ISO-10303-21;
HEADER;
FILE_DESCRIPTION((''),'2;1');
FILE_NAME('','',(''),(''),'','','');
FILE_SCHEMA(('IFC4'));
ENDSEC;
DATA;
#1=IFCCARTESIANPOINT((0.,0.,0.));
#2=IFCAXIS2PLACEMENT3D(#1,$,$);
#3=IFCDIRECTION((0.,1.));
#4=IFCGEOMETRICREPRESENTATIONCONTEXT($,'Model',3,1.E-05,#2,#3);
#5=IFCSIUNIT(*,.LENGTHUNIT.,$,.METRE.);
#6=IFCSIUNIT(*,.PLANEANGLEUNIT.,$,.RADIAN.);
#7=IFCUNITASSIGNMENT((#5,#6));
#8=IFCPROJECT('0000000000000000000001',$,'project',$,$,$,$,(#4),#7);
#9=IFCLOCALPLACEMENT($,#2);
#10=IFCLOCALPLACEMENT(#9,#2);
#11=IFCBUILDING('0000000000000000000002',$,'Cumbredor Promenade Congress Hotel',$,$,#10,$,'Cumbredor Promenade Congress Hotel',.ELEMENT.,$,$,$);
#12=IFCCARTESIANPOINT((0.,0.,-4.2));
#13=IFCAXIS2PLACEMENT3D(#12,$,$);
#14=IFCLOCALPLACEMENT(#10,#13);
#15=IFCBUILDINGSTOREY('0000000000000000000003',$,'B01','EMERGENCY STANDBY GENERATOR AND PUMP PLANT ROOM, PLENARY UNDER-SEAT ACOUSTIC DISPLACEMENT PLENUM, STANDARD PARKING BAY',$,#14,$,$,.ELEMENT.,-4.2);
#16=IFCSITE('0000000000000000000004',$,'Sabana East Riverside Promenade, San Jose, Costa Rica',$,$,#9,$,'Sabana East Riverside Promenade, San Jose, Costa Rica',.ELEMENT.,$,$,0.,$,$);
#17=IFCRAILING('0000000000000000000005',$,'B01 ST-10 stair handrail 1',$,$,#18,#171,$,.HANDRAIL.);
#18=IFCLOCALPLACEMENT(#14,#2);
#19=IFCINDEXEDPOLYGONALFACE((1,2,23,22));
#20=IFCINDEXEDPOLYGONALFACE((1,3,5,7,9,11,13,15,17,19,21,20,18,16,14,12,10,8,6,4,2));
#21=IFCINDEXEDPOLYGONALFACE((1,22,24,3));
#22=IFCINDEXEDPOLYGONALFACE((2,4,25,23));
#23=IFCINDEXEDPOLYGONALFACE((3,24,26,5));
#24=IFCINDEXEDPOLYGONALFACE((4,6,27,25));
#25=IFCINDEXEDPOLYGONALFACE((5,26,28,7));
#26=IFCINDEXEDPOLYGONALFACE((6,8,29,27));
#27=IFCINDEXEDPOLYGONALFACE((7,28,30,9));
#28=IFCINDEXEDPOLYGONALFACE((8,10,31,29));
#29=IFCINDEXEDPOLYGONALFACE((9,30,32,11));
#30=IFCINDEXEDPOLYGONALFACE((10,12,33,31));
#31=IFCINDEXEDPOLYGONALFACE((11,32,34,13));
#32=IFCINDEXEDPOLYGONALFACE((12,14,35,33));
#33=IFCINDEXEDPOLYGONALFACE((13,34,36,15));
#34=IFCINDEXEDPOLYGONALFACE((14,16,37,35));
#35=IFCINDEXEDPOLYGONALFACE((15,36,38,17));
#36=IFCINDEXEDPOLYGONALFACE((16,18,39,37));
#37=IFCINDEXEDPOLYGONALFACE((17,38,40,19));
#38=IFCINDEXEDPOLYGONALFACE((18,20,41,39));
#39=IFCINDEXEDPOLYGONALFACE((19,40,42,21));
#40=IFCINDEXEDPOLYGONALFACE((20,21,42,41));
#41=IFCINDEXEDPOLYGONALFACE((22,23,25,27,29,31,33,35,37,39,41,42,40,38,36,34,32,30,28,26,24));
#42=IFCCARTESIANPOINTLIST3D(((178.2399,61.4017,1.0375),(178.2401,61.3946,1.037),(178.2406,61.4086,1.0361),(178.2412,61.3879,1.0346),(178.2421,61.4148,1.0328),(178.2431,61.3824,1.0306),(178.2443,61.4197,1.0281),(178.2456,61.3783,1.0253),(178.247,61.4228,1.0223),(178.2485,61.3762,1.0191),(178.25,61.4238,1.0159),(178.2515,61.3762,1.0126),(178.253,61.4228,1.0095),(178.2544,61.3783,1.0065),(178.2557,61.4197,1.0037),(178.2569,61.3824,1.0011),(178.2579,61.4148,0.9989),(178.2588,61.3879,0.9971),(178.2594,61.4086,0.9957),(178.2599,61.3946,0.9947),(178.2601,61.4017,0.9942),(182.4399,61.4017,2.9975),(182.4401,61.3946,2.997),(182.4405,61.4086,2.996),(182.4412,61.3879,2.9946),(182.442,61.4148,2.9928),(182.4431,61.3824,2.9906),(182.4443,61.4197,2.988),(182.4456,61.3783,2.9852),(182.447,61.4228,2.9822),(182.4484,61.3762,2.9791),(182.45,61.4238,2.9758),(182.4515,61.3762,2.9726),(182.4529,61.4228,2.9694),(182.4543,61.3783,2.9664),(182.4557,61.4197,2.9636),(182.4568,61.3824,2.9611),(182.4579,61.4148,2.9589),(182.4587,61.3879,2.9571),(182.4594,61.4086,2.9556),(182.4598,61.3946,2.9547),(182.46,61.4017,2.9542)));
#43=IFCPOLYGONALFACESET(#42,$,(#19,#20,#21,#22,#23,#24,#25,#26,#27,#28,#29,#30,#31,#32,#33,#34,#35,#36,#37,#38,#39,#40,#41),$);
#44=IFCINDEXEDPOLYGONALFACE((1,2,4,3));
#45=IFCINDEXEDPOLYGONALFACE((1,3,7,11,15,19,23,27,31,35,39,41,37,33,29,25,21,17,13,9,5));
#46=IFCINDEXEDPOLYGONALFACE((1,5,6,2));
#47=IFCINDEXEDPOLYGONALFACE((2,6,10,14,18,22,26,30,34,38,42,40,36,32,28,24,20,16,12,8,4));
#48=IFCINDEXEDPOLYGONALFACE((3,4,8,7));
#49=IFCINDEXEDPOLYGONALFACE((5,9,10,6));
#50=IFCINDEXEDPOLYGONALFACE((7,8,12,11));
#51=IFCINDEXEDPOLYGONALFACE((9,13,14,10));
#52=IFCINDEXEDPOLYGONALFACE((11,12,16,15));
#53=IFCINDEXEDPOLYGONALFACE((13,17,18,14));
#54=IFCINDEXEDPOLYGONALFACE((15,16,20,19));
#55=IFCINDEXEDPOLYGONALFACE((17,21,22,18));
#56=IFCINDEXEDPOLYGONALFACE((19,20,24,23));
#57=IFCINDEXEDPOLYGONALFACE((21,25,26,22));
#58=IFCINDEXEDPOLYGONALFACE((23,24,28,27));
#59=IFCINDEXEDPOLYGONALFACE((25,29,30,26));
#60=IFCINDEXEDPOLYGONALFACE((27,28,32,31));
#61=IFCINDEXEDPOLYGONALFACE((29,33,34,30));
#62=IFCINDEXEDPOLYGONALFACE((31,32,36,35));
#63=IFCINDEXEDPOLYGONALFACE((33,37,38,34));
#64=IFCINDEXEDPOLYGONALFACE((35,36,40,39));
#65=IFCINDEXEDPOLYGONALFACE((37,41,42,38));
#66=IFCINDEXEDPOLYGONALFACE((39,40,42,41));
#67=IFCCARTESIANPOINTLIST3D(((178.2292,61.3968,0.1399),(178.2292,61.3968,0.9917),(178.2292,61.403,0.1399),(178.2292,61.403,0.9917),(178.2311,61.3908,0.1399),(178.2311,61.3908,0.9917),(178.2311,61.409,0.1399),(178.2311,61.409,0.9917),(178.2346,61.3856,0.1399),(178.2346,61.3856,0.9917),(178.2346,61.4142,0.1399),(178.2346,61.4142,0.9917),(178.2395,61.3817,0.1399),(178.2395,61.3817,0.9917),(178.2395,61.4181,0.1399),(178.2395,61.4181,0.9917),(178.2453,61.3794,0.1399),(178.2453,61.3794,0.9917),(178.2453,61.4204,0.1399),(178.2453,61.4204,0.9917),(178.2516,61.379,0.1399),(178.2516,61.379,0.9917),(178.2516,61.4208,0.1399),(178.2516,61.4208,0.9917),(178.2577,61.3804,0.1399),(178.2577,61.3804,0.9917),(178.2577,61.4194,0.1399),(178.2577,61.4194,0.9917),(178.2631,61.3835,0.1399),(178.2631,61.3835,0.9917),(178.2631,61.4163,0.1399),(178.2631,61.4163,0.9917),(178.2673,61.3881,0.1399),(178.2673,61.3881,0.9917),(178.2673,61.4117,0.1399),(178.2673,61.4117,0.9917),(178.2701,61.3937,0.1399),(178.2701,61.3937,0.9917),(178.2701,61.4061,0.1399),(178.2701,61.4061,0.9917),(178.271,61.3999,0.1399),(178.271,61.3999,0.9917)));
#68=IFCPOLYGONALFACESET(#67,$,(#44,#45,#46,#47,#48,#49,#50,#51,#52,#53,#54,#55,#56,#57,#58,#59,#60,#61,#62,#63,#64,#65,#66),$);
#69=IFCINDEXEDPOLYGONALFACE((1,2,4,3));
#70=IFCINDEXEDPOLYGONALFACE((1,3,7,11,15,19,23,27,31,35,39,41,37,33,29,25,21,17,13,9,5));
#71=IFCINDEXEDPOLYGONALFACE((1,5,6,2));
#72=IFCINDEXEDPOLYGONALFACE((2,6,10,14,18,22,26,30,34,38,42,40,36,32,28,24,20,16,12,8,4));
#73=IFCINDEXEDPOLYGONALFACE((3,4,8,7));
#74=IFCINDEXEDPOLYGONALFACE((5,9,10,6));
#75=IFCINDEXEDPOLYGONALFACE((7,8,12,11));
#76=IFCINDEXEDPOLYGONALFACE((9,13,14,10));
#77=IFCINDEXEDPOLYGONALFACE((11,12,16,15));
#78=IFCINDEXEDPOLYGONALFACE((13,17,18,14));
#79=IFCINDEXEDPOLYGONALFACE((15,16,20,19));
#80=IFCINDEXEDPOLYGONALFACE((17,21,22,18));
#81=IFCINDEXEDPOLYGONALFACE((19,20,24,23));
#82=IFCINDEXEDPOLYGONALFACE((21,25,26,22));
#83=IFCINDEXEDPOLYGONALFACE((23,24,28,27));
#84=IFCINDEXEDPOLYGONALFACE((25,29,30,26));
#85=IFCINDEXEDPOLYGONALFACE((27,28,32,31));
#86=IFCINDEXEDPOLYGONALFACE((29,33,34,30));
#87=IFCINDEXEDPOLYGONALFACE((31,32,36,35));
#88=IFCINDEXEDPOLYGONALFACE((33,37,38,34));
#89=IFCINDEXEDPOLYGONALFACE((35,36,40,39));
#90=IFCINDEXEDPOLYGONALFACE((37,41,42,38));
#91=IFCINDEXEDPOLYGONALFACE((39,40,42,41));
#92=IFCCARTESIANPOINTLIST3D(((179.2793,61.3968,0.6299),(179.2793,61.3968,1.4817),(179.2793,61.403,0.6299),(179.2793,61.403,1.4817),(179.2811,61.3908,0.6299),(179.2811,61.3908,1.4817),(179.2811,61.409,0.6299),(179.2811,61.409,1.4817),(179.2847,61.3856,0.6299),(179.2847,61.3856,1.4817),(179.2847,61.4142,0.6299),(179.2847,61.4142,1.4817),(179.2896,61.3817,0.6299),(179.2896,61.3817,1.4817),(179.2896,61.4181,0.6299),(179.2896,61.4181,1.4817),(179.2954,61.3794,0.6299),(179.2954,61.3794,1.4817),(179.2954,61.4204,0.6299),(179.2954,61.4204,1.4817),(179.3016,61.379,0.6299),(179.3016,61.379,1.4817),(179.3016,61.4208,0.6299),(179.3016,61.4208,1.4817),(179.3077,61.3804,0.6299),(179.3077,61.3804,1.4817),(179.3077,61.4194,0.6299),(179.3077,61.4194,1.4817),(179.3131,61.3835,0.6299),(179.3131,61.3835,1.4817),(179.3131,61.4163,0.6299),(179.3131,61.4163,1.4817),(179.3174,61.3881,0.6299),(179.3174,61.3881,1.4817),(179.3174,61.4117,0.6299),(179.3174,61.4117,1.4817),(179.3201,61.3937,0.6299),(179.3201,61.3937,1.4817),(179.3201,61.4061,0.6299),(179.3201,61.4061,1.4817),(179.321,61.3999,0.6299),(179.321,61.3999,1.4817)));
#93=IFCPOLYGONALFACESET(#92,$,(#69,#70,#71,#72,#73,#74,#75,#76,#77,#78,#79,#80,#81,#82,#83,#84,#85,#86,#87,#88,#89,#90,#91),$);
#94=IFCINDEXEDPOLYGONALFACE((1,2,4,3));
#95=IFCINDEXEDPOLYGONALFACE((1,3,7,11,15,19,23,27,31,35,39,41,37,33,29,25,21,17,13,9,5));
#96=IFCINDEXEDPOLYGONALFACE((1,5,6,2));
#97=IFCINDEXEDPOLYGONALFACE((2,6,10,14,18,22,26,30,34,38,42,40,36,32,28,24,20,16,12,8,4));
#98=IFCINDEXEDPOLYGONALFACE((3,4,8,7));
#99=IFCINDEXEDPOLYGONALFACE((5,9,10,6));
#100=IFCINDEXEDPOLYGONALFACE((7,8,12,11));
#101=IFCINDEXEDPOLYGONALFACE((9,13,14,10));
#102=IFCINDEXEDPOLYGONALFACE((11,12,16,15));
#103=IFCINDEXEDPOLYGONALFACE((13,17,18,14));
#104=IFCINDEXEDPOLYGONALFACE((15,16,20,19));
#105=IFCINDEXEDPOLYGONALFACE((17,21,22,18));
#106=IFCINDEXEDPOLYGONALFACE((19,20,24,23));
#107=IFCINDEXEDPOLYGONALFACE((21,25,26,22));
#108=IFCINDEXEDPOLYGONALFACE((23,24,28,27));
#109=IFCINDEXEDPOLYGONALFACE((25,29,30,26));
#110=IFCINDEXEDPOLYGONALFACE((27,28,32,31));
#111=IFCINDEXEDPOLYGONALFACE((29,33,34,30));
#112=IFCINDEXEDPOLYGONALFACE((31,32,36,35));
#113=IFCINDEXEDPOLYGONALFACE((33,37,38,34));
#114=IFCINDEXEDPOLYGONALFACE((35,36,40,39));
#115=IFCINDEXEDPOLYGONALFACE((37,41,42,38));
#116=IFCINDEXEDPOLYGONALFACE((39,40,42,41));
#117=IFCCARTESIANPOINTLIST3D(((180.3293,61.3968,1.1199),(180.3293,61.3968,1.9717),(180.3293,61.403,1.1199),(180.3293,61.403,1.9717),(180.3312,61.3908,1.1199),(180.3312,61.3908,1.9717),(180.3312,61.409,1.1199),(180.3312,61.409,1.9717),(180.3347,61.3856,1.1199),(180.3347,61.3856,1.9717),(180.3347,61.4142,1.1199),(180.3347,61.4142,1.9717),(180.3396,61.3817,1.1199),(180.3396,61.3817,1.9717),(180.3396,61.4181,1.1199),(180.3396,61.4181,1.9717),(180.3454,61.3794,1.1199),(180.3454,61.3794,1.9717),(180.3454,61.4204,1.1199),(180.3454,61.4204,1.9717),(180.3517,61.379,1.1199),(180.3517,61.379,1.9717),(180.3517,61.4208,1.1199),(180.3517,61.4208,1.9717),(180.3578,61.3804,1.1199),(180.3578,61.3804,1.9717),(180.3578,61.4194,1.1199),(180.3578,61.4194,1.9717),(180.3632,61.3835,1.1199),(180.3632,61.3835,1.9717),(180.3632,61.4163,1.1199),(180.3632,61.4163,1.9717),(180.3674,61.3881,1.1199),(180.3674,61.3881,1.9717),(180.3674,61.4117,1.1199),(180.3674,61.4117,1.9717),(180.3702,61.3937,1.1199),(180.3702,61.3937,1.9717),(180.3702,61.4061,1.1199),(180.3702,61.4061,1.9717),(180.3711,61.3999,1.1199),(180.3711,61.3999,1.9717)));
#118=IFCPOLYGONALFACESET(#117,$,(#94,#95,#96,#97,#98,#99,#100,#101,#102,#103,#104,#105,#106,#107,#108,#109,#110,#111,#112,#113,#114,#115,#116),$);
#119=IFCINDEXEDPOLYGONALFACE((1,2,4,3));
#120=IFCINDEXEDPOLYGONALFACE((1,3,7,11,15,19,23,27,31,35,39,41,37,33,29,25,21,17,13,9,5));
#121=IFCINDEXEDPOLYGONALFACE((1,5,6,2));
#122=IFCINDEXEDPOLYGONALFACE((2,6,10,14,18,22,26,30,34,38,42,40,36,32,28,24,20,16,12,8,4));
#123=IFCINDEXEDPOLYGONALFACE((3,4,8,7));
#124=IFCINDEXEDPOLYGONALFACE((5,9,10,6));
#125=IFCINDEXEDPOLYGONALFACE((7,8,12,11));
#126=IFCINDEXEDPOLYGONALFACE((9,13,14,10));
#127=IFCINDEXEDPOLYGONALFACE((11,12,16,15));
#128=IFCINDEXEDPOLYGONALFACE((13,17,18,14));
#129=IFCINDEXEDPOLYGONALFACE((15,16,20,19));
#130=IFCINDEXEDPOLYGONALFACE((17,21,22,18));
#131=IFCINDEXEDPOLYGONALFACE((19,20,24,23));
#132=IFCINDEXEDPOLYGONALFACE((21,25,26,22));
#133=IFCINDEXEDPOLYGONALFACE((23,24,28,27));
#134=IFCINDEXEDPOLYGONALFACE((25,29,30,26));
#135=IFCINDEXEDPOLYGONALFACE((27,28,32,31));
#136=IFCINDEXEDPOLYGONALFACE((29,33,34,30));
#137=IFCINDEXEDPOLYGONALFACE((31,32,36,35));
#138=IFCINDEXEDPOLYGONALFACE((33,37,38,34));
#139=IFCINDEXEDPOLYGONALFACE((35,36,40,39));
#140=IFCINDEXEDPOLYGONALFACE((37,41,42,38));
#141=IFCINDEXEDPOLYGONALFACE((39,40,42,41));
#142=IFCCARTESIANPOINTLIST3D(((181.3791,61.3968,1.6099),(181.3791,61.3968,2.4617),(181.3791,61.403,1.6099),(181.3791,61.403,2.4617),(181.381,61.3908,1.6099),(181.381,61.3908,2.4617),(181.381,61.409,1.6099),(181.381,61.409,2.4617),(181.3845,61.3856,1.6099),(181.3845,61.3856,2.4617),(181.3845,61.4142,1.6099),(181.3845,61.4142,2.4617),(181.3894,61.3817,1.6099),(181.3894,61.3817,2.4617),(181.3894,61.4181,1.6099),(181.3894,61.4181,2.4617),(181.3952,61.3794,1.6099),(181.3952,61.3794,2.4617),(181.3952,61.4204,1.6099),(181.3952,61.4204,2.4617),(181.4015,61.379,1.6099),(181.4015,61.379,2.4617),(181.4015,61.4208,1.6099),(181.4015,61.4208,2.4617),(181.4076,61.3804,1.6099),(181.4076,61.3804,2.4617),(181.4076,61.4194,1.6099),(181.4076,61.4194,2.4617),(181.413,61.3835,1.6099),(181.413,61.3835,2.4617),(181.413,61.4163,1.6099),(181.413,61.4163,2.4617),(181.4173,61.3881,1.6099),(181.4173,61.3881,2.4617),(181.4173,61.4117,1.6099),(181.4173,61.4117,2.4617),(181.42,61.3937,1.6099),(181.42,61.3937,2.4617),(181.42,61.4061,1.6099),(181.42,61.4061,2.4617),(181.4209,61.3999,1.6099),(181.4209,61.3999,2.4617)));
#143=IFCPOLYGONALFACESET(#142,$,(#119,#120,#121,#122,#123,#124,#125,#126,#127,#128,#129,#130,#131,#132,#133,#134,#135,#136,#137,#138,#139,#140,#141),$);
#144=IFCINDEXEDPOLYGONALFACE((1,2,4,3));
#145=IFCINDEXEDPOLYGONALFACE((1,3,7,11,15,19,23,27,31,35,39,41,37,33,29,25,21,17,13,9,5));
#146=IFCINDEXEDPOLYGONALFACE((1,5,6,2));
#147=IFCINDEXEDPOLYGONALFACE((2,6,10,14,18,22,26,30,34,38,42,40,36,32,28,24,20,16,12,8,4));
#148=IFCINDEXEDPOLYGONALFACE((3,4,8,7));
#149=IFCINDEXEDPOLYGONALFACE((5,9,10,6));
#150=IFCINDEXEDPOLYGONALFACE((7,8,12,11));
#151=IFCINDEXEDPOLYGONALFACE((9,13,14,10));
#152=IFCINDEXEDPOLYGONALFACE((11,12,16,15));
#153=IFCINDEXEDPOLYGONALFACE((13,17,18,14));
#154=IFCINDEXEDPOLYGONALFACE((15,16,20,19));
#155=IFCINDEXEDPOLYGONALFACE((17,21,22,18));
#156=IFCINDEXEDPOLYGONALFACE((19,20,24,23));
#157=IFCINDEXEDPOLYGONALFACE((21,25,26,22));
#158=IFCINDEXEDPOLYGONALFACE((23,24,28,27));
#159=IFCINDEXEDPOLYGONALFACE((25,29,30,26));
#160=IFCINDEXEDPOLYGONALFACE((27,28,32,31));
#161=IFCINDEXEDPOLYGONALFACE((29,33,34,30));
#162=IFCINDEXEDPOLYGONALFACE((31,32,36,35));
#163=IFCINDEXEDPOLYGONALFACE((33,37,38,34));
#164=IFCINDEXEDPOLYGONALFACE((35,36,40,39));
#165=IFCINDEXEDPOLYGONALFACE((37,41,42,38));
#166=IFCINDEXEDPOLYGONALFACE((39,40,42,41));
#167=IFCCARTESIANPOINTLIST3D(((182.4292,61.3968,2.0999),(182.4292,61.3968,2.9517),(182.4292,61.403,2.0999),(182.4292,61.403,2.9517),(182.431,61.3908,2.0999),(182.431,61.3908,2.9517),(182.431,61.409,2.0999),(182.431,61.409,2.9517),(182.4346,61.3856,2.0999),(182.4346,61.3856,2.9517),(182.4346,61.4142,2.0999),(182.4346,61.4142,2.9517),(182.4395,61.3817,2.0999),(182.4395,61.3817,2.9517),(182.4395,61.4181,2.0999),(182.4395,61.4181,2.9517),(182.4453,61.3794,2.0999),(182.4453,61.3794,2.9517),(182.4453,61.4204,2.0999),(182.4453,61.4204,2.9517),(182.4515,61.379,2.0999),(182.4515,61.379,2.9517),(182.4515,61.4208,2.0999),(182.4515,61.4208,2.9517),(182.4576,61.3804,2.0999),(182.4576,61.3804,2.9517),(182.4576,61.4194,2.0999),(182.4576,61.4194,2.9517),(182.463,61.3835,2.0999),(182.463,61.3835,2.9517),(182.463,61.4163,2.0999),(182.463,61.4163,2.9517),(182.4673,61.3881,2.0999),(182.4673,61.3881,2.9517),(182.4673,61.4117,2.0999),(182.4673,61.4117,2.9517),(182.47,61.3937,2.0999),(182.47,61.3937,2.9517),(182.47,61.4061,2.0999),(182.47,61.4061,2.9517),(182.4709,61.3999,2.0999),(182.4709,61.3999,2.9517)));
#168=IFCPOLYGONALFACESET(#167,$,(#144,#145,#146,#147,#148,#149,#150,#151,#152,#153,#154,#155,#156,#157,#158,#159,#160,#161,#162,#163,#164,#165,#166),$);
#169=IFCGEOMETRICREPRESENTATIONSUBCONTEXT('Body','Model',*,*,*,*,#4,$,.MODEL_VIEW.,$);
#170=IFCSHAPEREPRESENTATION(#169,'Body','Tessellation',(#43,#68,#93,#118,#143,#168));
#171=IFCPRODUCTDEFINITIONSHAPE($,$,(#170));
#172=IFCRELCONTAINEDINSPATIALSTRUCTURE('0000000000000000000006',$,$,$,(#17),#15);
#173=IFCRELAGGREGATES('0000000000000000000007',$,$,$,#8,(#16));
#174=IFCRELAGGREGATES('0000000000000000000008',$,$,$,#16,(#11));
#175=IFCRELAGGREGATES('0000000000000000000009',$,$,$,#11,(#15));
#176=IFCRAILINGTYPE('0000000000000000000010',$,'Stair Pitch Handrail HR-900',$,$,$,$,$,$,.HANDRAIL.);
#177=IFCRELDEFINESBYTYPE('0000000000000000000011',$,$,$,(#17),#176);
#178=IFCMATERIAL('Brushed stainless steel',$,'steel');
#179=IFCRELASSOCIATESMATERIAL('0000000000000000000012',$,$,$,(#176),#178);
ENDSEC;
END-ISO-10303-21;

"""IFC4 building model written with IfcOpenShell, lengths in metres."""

from ifc_helpers import new_model, si_unit, direction, frame, origin, origin_2d, place, context, subcontext, project, spatial, circle, extrude, material, type_object, element, save


model = new_model("IFC4")

# Units and contexts
model_context = context("Model", 3, precision=1e-05, world=origin(), true_north=direction((0.0, 1.0)))
body_context = subcontext(model_context, "Body", "Model", "MODEL_VIEW")
ifc_project = project(units=[si_unit("LENGTHUNIT", "METRE"), si_unit("PLANEANGLEUNIT", "RADIAN")], contexts=[model_context])

# Site, building, storey
site_placement = place(None, origin())
site = spatial("IfcSite", under=ifc_project, at=site_placement, Name="Sabana East Riverside Promenade, San Jose, Costa Rica", LongName="Sabana East Riverside Promenade, San Jose, Costa Rica", CompositionType="ELEMENT", RefElevation=0.0)
building_placement = place(site_placement, origin())
building = spatial("IfcBuilding", under=site, at=building_placement, Name="Cumbredor Promenade Congress Hotel", LongName="Cumbredor Promenade Congress Hotel", CompositionType="ELEMENT")
storey_placement = place(building_placement, frame((0.0, 0.0, -4.2)))
storey = spatial("IfcBuildingStorey", under=building, at=storey_placement, Name="B01", Description="EMERGENCY STANDBY GENERATOR AND PUMP PLANT ROOM, PLENARY UNDER-SEAT ACOUSTIC DISPLACEMENT PLENUM, STANDARD PARKING BAY", CompositionType="ELEMENT", Elevation=-4.2)

# Railing
ifc_material_1 = material(Name="Brushed stainless steel", Category="steel")
railing_type_1 = type_object("IfcRailingType", Name="Stair Pitch Handrail HR-900", PredefinedType="HANDRAIL", material=ifc_material_1)
railing_1_placement = place(storey_placement, frame((178.25, 61.3999, 0.1399)))
element("IfcRailing", 1, at=railing_1_placement, inside=storey, type_object=railing_type_1, Name="B01 ST-10 stair handrail 1", PredefinedType="HANDRAIL", context=body_context, shape_type="SweptSolid", body=[
    extrude(circle(Radius=0.0239, at=origin_2d()), frame((0.0, 0.0, 0.876), z_axis=(0.906184, 0.0, 0.422883), x_axis=(0.0, 1.0, 0.0)), (0.0, 0.0, 1.0), 4.6348),
    extrude(circle(Radius=0.021, at=origin_2d()), origin(), (0.0, 0.0, 1.0), 0.8518),
    extrude(circle(Radius=0.021, at=origin_2d()), frame((1.05, 0.0, 0.49)), (0.0, 0.0, 1.0), 0.8518),
    extrude(circle(Radius=0.021, at=origin_2d()), frame((2.1001, 0.0, 0.98)), (0.0, 0.0, 1.0), 0.8518),
    extrude(circle(Radius=0.021, at=origin_2d()), frame((3.1499, 0.0, 1.47)), (0.0, 0.0, 1.0), 0.8518),
    extrude(circle(Radius=0.021, at=origin_2d()), frame((4.2, 0.0, 1.96)), (0.0, 0.0, 1.0), 0.8518),
])

save(model, "model.ifc")
